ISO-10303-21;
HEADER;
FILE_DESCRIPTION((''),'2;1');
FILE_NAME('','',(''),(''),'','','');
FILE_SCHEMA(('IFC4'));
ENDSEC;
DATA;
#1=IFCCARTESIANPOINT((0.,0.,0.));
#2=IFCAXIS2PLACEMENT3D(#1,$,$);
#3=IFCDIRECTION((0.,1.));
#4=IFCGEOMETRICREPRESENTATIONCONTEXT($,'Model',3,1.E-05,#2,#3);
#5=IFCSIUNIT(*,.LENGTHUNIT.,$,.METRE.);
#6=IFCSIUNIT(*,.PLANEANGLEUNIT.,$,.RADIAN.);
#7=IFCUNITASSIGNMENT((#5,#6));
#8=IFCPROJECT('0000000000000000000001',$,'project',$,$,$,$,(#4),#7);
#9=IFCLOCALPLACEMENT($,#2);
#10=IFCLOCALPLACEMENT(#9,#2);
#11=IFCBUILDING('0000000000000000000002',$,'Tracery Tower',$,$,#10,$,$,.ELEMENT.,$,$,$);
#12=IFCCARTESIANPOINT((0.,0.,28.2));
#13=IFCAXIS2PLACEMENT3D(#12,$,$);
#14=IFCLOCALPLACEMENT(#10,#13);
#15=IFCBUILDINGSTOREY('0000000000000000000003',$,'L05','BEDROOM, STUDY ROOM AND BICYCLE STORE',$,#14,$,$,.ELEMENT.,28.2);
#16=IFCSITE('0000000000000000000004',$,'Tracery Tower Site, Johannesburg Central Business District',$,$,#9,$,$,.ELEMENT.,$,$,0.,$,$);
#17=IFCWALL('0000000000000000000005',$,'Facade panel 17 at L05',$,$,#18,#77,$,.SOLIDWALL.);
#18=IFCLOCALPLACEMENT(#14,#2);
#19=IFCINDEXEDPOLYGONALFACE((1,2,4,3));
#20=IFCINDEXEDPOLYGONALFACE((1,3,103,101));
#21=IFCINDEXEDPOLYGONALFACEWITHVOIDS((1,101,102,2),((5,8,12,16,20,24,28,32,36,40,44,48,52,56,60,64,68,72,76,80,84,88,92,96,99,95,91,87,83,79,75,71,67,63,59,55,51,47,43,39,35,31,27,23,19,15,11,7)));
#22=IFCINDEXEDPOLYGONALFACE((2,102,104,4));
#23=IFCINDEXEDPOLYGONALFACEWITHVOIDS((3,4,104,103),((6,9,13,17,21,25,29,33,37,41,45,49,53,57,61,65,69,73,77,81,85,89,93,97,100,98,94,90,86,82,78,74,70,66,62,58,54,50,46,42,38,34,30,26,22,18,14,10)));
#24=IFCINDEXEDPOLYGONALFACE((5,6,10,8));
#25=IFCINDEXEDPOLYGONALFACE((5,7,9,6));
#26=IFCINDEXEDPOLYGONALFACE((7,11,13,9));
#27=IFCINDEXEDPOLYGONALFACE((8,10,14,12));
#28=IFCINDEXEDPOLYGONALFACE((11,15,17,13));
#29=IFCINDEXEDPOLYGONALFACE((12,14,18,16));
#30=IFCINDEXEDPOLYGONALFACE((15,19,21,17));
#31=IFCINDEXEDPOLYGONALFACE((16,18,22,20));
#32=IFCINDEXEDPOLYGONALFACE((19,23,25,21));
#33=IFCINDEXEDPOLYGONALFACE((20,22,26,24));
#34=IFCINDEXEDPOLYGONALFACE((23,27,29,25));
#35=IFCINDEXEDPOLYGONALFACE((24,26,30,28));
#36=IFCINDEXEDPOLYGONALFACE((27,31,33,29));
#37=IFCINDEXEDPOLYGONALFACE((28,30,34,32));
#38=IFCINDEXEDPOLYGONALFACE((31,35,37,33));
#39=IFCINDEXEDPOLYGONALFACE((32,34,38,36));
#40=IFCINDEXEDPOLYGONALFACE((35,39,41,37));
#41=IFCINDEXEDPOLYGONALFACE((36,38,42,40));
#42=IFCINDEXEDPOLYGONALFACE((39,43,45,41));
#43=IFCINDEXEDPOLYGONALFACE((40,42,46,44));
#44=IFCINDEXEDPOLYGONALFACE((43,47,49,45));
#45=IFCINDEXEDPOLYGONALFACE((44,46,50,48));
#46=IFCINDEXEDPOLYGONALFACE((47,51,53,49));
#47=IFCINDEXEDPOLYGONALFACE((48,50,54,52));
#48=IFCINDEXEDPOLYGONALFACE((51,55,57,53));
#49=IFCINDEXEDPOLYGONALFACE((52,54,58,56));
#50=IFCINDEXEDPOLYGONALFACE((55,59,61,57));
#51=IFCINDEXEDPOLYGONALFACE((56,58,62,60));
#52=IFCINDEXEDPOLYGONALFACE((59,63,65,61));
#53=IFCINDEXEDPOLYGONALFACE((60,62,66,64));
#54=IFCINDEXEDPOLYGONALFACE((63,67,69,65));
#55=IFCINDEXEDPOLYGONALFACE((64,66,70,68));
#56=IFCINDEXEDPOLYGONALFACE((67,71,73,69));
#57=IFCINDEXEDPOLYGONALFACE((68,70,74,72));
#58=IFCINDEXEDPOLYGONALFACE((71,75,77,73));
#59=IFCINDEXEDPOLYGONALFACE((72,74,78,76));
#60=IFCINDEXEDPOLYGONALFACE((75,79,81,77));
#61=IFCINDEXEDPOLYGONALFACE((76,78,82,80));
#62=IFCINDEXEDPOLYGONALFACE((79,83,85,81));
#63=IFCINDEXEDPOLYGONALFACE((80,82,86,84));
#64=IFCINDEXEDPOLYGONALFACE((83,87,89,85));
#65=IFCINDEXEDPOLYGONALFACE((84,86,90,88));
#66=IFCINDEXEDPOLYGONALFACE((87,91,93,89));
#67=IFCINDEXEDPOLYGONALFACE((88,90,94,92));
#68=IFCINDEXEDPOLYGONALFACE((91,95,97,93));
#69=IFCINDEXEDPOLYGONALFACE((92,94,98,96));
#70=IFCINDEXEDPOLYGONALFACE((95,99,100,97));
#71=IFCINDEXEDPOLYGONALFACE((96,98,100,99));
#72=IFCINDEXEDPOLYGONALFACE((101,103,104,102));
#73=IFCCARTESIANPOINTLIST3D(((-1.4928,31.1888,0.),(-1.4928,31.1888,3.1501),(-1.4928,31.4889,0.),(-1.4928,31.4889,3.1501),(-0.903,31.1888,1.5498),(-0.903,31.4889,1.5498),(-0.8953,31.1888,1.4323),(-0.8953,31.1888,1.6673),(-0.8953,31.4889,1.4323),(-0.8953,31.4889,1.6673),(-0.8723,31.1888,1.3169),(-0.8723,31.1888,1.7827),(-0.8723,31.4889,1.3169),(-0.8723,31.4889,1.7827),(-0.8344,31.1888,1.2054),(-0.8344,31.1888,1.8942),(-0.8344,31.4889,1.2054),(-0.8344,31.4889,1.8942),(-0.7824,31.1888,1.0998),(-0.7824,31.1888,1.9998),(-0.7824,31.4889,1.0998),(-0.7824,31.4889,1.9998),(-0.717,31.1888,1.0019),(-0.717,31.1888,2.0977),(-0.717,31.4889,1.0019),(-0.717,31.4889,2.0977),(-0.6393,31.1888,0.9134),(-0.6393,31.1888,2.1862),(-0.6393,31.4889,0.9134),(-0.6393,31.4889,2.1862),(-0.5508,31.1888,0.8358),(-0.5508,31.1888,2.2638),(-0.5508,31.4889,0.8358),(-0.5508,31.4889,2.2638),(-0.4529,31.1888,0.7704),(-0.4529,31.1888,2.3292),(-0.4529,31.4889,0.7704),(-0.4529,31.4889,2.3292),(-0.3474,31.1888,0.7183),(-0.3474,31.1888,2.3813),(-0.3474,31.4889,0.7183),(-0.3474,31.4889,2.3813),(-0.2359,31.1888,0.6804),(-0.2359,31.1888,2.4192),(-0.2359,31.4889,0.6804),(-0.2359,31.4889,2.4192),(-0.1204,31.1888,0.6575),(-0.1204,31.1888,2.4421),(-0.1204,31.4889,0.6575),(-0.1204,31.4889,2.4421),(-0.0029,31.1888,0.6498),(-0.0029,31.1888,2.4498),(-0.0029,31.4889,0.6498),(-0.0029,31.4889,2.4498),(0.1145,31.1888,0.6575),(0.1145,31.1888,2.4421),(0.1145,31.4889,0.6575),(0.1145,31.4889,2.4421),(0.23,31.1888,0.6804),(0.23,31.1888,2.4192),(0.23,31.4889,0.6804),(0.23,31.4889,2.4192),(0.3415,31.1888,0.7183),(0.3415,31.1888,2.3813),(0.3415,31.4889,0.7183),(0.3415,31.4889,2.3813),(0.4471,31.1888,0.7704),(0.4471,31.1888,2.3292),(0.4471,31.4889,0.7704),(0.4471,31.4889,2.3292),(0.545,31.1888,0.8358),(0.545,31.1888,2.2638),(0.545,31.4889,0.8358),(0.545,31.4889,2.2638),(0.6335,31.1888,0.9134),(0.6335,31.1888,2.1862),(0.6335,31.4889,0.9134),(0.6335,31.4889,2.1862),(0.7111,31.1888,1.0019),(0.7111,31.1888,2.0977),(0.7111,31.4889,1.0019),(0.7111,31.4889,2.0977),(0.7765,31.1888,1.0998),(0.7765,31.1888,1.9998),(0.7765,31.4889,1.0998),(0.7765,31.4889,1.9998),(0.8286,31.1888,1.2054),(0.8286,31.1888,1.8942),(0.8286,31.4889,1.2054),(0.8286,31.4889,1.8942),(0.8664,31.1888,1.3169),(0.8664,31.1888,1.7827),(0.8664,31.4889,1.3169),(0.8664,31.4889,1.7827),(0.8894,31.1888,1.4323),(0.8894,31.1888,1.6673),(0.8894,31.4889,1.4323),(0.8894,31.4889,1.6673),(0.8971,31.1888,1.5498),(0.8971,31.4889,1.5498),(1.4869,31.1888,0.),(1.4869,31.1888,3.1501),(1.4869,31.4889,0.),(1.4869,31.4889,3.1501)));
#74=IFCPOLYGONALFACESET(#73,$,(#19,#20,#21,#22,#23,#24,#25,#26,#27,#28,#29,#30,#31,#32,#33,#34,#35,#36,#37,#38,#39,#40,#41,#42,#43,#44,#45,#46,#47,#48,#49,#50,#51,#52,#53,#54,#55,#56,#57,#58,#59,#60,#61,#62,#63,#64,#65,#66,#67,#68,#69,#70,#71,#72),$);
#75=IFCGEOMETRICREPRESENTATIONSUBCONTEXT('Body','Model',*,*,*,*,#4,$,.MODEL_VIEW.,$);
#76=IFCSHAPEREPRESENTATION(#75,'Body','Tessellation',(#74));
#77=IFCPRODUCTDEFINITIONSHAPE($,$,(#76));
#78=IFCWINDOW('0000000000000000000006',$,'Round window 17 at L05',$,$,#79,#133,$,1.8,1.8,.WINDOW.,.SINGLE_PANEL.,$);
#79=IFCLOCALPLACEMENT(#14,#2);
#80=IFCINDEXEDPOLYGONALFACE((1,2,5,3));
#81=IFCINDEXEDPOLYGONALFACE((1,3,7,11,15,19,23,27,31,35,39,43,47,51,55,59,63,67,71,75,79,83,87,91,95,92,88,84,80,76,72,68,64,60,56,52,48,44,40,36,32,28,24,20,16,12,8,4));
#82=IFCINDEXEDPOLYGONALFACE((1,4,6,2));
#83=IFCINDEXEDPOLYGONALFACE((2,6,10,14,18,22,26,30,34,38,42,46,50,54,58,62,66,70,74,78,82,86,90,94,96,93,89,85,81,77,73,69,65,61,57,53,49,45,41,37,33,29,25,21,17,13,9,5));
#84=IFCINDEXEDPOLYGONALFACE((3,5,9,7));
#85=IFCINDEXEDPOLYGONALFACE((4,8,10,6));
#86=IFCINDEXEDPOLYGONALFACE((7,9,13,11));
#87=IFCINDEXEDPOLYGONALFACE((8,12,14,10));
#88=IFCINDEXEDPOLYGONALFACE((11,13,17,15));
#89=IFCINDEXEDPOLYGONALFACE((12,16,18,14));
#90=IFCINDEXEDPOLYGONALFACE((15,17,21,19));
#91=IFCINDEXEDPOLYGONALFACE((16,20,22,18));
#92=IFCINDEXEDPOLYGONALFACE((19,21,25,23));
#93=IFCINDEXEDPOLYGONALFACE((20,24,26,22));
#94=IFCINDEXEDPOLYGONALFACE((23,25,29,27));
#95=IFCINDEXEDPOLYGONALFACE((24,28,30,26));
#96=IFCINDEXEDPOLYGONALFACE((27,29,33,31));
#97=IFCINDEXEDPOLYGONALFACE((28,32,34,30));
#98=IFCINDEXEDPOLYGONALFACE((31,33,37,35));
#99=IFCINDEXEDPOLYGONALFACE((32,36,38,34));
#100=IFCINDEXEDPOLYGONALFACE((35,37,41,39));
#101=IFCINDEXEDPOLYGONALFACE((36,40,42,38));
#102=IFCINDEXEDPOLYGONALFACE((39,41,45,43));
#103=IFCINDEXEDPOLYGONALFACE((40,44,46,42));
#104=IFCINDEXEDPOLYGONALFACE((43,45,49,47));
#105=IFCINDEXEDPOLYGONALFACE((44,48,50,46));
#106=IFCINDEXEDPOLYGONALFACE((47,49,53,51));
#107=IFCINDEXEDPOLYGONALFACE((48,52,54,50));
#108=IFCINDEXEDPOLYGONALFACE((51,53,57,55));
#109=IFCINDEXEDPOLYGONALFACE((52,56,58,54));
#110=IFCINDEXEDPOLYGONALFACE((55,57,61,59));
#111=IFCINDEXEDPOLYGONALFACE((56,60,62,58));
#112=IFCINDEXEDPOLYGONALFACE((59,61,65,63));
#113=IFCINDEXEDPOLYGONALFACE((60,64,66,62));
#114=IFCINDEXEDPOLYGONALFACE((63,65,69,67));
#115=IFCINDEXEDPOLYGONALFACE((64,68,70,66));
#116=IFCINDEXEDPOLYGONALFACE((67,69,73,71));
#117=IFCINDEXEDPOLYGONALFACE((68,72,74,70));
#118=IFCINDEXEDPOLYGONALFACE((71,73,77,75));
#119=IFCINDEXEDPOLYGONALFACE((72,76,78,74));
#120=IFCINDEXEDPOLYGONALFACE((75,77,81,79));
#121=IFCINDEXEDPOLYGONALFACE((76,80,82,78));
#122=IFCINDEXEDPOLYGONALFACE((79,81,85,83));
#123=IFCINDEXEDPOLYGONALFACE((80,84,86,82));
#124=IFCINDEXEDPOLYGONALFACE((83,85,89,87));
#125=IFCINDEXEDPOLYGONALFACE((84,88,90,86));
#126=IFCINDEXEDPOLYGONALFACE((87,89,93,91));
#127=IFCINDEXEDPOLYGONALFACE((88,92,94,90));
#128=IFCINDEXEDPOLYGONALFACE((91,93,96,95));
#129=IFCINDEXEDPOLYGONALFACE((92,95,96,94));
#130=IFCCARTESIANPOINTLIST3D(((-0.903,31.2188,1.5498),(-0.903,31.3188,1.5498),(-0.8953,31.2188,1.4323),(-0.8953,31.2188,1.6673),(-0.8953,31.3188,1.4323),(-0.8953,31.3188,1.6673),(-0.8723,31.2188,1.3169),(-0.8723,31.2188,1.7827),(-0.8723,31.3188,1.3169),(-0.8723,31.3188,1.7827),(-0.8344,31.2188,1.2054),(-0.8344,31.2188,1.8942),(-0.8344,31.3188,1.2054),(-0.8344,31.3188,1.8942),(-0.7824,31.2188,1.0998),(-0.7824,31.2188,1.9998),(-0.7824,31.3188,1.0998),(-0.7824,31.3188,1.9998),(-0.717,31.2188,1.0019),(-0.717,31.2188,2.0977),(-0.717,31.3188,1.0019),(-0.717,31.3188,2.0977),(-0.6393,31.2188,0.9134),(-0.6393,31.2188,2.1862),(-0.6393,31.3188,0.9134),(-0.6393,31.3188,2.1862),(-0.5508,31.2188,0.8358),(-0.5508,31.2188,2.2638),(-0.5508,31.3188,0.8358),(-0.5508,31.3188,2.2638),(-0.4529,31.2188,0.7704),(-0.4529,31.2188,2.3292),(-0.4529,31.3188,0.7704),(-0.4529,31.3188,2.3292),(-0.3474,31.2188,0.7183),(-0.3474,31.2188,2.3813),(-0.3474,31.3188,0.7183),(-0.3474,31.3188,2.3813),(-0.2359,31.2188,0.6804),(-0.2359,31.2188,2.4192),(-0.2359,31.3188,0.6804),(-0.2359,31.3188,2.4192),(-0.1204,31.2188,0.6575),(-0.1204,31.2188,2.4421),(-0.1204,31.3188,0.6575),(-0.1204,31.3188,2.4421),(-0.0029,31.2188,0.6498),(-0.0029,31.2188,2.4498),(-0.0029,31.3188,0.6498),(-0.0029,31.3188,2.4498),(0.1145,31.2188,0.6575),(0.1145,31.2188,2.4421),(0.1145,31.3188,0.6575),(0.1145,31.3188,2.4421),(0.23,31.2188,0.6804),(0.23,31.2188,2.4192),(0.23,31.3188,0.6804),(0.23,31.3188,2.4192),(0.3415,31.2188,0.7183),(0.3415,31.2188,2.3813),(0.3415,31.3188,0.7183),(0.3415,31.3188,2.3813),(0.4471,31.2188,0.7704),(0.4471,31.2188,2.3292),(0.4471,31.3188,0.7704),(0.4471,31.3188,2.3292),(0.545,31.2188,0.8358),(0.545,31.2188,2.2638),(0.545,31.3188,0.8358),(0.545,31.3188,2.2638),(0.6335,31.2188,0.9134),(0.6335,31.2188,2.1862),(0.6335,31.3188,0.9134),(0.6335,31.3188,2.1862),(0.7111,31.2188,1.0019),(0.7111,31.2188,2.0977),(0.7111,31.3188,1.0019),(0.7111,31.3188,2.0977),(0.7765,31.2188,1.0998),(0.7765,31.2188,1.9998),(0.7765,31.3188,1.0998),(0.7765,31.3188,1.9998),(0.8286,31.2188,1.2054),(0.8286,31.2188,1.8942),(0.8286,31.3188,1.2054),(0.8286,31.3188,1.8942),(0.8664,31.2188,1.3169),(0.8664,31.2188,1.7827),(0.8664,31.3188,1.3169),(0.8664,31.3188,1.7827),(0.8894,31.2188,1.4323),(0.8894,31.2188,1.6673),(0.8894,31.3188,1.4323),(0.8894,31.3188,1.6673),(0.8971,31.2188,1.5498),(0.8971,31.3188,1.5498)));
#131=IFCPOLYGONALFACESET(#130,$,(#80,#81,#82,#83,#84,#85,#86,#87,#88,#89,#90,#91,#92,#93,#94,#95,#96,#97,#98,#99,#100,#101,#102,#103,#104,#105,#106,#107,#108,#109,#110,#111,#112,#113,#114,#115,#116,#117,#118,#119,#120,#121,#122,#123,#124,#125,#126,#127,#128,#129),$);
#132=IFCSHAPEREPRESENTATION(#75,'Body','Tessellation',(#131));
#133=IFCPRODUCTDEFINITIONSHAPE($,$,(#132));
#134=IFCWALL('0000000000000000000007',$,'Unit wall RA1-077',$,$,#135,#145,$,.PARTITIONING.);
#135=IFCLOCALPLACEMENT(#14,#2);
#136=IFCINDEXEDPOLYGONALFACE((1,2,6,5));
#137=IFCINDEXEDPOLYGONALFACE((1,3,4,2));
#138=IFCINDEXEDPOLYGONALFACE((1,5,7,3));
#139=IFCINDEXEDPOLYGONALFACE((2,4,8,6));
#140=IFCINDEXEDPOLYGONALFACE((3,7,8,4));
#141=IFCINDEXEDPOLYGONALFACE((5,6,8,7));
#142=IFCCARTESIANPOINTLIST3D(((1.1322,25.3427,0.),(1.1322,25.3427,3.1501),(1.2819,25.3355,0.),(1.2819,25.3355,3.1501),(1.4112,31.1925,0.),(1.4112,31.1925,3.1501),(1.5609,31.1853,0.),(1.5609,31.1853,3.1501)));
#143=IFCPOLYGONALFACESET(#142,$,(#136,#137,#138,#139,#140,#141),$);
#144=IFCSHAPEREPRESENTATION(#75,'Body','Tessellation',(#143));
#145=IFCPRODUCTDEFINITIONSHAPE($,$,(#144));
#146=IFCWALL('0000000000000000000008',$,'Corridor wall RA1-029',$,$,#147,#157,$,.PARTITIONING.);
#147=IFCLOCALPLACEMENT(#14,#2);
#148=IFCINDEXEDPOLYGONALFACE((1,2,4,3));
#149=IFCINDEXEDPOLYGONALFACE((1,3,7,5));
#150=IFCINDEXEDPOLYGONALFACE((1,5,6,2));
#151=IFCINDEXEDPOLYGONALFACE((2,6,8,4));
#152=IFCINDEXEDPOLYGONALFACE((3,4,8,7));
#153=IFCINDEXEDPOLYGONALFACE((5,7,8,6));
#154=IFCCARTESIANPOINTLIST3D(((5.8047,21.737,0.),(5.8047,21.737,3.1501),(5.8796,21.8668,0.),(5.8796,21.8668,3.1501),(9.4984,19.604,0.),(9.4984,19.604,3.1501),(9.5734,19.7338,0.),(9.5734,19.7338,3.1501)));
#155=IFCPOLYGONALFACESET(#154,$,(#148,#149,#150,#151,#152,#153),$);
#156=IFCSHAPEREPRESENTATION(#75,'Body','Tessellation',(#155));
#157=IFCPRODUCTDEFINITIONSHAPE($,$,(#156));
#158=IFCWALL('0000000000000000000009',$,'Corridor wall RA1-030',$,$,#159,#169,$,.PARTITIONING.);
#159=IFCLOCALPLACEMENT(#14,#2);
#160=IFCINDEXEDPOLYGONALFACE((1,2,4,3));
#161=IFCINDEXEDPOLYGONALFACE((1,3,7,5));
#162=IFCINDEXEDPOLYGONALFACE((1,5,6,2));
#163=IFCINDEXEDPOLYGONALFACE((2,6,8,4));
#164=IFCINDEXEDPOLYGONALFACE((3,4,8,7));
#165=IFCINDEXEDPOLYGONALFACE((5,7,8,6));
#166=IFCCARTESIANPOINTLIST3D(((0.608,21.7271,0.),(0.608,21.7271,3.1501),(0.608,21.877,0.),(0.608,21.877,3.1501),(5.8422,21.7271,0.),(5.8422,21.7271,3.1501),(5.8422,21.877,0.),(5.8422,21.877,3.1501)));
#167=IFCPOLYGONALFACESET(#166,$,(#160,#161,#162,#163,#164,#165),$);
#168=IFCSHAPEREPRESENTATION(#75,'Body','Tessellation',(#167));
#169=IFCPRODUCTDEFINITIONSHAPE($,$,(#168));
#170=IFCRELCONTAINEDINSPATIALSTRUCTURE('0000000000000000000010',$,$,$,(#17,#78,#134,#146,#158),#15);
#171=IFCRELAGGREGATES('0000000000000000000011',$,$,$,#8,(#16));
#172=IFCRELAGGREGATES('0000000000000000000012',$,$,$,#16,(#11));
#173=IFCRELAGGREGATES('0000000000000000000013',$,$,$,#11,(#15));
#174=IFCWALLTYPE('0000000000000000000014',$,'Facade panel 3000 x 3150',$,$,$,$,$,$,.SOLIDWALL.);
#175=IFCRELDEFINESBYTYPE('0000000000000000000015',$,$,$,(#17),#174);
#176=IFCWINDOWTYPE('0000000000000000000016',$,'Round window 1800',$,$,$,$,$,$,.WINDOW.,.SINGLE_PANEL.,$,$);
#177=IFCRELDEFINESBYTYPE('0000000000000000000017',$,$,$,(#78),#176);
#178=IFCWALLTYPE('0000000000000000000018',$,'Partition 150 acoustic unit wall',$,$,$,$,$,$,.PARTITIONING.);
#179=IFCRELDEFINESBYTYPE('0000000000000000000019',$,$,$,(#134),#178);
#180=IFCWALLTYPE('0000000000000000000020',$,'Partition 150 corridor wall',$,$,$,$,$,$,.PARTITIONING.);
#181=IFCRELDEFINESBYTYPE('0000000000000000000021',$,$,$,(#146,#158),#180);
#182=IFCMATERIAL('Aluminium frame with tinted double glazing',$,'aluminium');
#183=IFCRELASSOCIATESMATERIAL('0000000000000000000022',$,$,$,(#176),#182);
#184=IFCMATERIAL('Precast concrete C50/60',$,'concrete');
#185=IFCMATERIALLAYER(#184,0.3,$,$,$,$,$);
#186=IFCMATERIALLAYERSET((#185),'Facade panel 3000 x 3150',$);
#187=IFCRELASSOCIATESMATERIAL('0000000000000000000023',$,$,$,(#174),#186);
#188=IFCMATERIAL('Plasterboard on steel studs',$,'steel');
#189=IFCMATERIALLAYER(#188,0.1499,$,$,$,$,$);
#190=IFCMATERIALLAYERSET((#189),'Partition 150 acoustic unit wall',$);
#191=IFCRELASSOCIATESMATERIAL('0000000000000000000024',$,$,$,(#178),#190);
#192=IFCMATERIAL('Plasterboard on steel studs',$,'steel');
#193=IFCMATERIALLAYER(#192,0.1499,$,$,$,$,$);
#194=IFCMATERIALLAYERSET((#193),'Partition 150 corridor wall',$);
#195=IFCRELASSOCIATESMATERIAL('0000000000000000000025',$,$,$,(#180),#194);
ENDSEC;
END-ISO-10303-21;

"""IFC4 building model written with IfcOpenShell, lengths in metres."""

from ifc_helpers import new_model, si_unit, direction, frame, frame_2d, origin, origin_2d, place, context, subcontext, project, spatial, rectangle, circle, extrude, material, layer, layer_set, type_object, element, fill, save


model = new_model("IFC4")

# Units and contexts
model_context = context("Model", 3, precision=1e-05, world=origin(), true_north=direction((0.0, 1.0)))
body_context = subcontext(model_context, "Body", "Model", "MODEL_VIEW")
ifc_project = project(units=[si_unit("LENGTHUNIT", "METRE"), si_unit("PLANEANGLEUNIT", "RADIAN")], contexts=[model_context])

# Site, building, storey
site_placement = place(None, origin())
site = spatial("IfcSite", under=ifc_project, at=site_placement, Name="Tracery Tower Site, Johannesburg Central Business District", CompositionType="ELEMENT", RefElevation=0.0)
building_placement = place(site_placement, origin())
building = spatial("IfcBuilding", under=site, at=building_placement, Name="Tracery Tower", CompositionType="ELEMENT")
storey_placement = place(building_placement, frame((0.0, 0.0, 28.2)))
storey = spatial("IfcBuildingStorey", under=building, at=storey_placement, Name="L05", Description="BEDROOM, STUDY ROOM AND BICYCLE STORE", CompositionType="ELEMENT", Elevation=28.2)

# Wall, opening, window
ifc_material_1 = material(Name="Aluminium frame with tinted double glazing", Category="aluminium")
window_type = type_object("IfcWindowType", Name="Round window 1800", PartitioningType="SINGLE_PANEL", PredefinedType="WINDOW", material=ifc_material_1)
ifc_material_2 = material(Name="Precast concrete C50/60", Category="concrete")
ifc_layer_1 = layer(ifc_material_2, 0.3)
ifc_layer_set_1 = layer_set([ifc_layer_1], Name="Facade panel 3000 x 3150")
wall_type_1 = type_object("IfcWallType", Name="Facade panel 3000 x 3150", PredefinedType="SOLIDWALL", material=ifc_layer_set_1)
wall_1_placement = place(storey_placement, frame((1.4868, 31.3389, 0.0), z_axis=(0.0, 0.0, 1.0), x_axis=(-1.0, 0.0, 0.0)))
wall_1 = element("IfcWall", 1, at=wall_1_placement, inside=storey, type_object=wall_type_1, Name="Facade panel 17 at L05", PredefinedType="SOLIDWALL", context=body_context, shape_type="SweptSolid", body=[
    extrude(rectangle(XDim=2.9797, YDim=0.3, at=frame_2d((1.4897, 0.0))), origin(), (0.0, 0.0, 1.0), 3.1501),
])
opening_1_placement = place(wall_1_placement, frame((1.4897, 0.0, 1.5498)))
opening_1 = element("IfcOpeningElement", 2, at=opening_1_placement, cuts=wall_1, PredefinedType="OPENING", context=body_context, shape_type="SweptSolid", body=[
    extrude(circle(Radius=0.9, at=origin_2d()), frame((0.0, 0.1599, 0.0), z_axis=(0.0, -1.0, 0.0), x_axis=(1.0, 0.0, 0.0)), (0.0, 0.0, 1.0), 0.3201),
])
window_1_placement = place(opening_1_placement, origin())
window_1 = element("IfcWindow", 3, at=window_1_placement, inside=storey, type_object=window_type, Name="Round window 17 at L05", OverallHeight=1.8, OverallWidth=1.8, PartitioningType="SINGLE_PANEL", PredefinedType="WINDOW", context=body_context, shape_type="SweptSolid", body=[
    extrude(circle(Radius=0.9, at=origin_2d()), frame((0.0, 0.1201, 0.0), z_axis=(0.0, -1.0, 0.0), x_axis=(1.0, 0.0, 0.0)), (0.0, 0.0, 1.0), 0.1001),
])
fill(opening_1, window_1)

# Walls
ifc_material_3 = material(Name="Plasterboard on steel studs", Category="steel")
ifc_layer_2 = layer(ifc_material_3, 0.1499)
ifc_layer_set_2 = layer_set([ifc_layer_2], Name="Partition 150 acoustic unit wall")
wall_type_2 = type_object("IfcWallType", Name="Partition 150 acoustic unit wall", PredefinedType="PARTITIONING", material=ifc_layer_set_2)
wall_2_placement = place(storey_placement, frame((1.207, 25.3391, 0.0), z_axis=(0.0, 0.0, 1.0), x_axis=(0.047648, 0.998864, 0.0)))
element("IfcWall", 4, at=wall_2_placement, inside=storey, type_object=wall_type_2, Name="Unit wall RA1-077", PredefinedType="PARTITIONING", context=body_context, shape_type="SweptSolid", body=[
    extrude(rectangle(XDim=5.8564, YDim=0.1499, at=frame_2d((2.9282, 0.0))), origin(), (0.0, 0.0, 1.0), 3.1501),
])
ifc_material_4 = material(Name="Plasterboard on steel studs", Category="steel")
ifc_layer_3 = layer(ifc_material_4, 0.1499)
ifc_layer_set_3 = layer_set([ifc_layer_3], Name="Partition 150 corridor wall")
wall_type_3 = type_object("IfcWallType", Name="Partition 150 corridor wall", PredefinedType="PARTITIONING", material=ifc_layer_set_3)
wall_3_placement = place(storey_placement, frame((5.842, 21.802, 0.0), z_axis=(0.0, 0.0, 1.0), x_axis=(0.865984, -0.500073, 0.0)))
element("IfcWall", 5, at=wall_3_placement, inside=storey, type_object=wall_type_3, Name="Corridor wall RA1-029", PredefinedType="PARTITIONING", context=body_context, shape_type="SweptSolid", body=[
    extrude(rectangle(XDim=4.2654, YDim=0.1499, at=frame_2d((2.1328, 0.0))), origin(), (0.0, 0.0, 1.0), 3.1501),
])
wall_4_placement = place(storey_placement, frame((0.6079, 21.802, 0.0), z_axis=(0.0, 0.0, 1.0), x_axis=(1.0, 0.0, 0.0)))
element("IfcWall", 6, at=wall_4_placement, inside=storey, type_object=wall_type_3, Name="Corridor wall RA1-030", PredefinedType="PARTITIONING", context=body_context, shape_type="SweptSolid", body=[
    extrude(rectangle(XDim=5.2341, YDim=0.1499, at=frame_2d((2.6172, 0.0))), origin(), (0.0, 0.0, 1.0), 3.1501),
])

save(model, "model.ifc")
